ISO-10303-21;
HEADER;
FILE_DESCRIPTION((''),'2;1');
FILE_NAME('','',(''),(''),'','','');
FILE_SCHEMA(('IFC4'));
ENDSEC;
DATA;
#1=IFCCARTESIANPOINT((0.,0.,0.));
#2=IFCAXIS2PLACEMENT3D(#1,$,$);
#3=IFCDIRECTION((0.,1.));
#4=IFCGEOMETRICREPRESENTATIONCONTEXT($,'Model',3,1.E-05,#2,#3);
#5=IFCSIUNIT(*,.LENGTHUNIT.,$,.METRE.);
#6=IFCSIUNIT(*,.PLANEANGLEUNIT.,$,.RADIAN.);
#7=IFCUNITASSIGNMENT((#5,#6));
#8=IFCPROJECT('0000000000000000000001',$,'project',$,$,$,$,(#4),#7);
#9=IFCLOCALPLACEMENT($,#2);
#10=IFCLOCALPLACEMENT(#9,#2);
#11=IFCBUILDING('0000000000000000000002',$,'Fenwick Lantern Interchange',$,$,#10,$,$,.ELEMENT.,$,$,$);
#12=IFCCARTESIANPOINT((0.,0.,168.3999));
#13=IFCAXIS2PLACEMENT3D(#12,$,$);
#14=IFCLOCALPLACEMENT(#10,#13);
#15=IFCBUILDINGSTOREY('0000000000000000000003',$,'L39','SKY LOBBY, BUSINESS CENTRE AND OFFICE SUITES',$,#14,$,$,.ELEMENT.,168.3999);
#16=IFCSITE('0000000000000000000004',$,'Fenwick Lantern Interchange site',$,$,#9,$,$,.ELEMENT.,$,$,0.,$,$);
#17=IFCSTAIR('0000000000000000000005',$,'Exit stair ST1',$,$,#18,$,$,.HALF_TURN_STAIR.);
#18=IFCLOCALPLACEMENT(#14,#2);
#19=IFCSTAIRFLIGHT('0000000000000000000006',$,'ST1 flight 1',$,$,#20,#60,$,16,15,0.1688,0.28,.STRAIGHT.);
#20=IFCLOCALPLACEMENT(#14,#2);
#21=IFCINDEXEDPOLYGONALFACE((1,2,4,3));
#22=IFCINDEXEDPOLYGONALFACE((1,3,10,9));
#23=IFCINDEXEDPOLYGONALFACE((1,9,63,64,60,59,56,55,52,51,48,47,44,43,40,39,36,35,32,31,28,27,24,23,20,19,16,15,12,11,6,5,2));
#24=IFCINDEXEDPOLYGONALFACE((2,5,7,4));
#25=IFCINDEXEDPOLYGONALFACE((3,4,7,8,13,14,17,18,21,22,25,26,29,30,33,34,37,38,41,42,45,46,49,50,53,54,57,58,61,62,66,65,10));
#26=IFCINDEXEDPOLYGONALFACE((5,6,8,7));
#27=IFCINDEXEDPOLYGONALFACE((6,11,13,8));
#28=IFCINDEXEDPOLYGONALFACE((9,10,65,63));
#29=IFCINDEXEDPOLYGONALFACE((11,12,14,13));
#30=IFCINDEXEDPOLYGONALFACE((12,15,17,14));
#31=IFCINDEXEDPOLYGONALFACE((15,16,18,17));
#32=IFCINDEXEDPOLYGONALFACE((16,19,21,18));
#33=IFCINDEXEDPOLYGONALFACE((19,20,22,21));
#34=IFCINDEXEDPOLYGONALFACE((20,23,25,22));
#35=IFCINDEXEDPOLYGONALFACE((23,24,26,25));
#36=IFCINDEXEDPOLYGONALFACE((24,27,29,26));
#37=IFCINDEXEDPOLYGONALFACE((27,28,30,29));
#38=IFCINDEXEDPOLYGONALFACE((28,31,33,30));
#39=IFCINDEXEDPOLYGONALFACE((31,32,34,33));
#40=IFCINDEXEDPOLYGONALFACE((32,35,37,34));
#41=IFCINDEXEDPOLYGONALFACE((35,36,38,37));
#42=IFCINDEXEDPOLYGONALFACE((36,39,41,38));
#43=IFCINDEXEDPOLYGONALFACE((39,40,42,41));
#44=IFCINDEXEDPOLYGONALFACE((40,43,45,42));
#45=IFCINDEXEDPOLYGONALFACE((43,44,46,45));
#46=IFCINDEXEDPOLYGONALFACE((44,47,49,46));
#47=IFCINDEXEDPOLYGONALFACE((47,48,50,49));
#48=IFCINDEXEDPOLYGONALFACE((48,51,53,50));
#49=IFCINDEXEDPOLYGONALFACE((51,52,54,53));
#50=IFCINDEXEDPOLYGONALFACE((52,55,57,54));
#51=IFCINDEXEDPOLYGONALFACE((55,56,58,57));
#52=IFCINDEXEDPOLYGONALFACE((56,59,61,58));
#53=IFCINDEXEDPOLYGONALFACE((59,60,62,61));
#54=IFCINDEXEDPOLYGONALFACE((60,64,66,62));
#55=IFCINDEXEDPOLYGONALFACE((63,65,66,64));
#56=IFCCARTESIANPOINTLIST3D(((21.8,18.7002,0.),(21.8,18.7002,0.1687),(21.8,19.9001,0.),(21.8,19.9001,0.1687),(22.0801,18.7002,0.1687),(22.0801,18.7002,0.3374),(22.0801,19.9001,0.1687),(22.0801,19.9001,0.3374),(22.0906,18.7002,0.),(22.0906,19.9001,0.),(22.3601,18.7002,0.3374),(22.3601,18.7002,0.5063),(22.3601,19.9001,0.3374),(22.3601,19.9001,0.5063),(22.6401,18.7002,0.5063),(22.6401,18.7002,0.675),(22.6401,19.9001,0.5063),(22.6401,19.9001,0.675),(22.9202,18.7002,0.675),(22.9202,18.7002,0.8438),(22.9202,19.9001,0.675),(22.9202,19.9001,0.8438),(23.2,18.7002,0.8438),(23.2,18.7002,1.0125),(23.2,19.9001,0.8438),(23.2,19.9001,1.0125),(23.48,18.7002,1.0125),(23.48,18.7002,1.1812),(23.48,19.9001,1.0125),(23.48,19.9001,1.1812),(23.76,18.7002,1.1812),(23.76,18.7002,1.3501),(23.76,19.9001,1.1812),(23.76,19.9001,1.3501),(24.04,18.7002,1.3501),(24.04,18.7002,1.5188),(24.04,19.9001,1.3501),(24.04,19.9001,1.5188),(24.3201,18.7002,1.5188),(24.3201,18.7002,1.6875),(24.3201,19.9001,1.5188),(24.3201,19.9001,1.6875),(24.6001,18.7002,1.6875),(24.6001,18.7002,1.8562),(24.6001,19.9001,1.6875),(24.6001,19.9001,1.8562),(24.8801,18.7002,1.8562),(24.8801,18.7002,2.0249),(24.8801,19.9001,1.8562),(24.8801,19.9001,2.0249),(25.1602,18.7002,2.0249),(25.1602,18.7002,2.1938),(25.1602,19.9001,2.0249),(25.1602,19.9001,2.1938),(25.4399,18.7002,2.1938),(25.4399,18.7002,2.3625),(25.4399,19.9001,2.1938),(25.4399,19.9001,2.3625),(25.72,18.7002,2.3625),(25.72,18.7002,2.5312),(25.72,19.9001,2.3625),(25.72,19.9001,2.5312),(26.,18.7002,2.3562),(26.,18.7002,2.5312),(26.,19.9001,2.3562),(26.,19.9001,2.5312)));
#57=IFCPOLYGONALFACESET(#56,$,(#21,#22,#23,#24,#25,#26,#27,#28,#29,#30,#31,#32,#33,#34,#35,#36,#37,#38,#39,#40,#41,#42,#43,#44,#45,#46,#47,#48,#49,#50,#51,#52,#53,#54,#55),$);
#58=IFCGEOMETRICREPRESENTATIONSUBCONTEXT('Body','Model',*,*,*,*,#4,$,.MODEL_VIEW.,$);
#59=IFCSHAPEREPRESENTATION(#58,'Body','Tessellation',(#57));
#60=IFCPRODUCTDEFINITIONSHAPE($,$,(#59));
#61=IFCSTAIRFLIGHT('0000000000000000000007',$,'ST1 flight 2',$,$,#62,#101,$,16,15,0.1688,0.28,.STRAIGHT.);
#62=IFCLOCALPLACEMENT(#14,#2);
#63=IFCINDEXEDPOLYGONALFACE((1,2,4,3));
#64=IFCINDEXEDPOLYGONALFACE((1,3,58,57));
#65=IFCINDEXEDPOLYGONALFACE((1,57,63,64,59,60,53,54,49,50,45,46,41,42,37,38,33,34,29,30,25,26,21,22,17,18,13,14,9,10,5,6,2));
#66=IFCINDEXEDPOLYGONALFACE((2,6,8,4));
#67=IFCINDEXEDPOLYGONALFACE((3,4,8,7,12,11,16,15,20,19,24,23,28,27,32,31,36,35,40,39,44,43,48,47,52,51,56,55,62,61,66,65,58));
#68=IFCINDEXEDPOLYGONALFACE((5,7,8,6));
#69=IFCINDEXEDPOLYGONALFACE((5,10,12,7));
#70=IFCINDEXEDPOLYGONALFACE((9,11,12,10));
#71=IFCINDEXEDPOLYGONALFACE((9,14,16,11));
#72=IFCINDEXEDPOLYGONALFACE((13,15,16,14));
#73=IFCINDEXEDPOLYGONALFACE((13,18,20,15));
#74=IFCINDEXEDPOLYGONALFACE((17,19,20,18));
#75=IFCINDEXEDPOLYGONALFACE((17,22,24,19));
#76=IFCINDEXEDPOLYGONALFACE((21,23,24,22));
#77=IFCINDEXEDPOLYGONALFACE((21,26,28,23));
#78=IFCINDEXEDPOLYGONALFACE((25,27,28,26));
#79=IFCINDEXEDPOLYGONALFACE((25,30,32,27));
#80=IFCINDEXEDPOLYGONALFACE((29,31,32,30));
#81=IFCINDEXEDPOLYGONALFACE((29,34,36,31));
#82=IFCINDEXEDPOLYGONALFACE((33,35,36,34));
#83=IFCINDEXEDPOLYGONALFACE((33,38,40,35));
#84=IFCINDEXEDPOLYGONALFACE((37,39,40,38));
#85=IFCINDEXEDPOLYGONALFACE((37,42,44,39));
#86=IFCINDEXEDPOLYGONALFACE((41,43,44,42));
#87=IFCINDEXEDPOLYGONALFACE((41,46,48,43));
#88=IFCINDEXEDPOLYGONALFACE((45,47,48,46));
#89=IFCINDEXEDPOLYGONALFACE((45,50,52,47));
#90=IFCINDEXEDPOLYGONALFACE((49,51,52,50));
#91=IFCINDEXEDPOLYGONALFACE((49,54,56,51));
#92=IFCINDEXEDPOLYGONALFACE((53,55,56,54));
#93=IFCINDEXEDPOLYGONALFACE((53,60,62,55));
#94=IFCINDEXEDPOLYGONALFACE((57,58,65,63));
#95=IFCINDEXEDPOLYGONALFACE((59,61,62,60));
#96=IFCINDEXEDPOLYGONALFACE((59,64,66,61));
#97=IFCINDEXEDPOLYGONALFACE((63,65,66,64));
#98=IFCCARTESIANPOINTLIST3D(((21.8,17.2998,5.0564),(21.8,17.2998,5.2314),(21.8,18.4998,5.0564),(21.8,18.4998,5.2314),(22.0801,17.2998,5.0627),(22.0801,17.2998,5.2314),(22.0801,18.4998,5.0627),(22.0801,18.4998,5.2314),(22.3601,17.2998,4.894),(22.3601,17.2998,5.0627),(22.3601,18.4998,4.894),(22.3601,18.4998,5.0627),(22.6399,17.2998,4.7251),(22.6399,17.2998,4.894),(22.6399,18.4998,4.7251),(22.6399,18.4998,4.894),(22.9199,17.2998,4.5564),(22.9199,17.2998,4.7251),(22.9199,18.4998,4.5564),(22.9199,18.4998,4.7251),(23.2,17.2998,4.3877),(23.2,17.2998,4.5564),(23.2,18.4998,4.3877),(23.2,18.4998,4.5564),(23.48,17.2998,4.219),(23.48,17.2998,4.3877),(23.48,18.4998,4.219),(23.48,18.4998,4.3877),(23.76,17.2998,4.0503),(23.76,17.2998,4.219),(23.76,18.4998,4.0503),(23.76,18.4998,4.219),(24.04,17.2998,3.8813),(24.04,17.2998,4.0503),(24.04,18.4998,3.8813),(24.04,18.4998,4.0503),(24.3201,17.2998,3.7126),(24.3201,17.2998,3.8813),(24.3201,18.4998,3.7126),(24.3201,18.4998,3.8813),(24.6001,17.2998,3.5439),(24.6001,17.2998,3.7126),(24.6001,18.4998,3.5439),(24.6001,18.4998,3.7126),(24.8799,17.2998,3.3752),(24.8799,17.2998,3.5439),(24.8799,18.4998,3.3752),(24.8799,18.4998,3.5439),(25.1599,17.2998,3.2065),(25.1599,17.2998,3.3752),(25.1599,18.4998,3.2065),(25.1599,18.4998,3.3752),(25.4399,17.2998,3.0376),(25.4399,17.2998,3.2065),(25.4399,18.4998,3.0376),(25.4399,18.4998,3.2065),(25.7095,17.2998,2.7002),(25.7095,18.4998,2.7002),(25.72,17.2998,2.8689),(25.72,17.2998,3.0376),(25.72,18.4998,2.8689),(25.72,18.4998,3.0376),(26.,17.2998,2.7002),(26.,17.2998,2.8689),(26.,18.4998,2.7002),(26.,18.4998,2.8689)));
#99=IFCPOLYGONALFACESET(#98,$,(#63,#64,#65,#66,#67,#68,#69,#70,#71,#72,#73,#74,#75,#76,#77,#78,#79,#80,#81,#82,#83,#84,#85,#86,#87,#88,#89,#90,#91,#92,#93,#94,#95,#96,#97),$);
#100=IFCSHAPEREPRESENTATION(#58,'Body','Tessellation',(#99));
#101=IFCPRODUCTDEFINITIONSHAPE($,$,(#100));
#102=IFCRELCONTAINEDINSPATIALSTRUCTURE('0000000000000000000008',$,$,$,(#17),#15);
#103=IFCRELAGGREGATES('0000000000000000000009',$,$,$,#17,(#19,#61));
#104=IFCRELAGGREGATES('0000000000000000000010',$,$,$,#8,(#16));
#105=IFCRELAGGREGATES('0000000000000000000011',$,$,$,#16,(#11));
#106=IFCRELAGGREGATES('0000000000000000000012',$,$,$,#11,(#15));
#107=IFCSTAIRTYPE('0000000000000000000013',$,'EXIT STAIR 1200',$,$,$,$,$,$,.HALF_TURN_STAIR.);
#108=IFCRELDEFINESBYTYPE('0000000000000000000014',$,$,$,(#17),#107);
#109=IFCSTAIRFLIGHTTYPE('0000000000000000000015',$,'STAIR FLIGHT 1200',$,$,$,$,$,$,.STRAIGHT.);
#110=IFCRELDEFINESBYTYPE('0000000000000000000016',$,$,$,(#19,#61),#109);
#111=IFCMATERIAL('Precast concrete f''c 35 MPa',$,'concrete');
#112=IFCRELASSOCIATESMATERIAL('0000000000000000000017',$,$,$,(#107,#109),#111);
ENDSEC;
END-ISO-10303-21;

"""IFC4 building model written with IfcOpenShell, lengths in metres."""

from ifc_helpers import new_model, si_unit, direction, frame, origin, place, context, subcontext, project, spatial, polyline, outline, extrude, material, type_object, element, aggregate, save


model = new_model("IFC4")

# Units and contexts
model_context = context("Model", 3, precision=1e-05, world=origin(), true_north=direction((0.0, 1.0)))
body_context = subcontext(model_context, "Body", "Model", "MODEL_VIEW")
ifc_project = project(units=[si_unit("LENGTHUNIT", "METRE"), si_unit("PLANEANGLEUNIT", "RADIAN")], contexts=[model_context])

# Site, building, storey
site_placement = place(None, origin())
site = spatial("IfcSite", under=ifc_project, at=site_placement, Name="Fenwick Lantern Interchange site", CompositionType="ELEMENT", RefElevation=0.0)
building_placement = place(site_placement, origin())
building = spatial("IfcBuilding", under=site, at=building_placement, Name="Fenwick Lantern Interchange", CompositionType="ELEMENT")
storey_placement = place(building_placement, frame((0.0, 0.0, 168.3999)))
storey = spatial("IfcBuildingStorey", under=building, at=storey_placement, Name="L39", Description="SKY LOBBY, BUSINESS CENTRE AND OFFICE SUITES", CompositionType="ELEMENT", Elevation=168.3999)

# Stair, stair flights
ifc_material_1 = material(Name="Precast concrete f'c 35 MPa", Category="concrete")
stair_type = type_object("IfcStairType", Name="EXIT STAIR 1200", PredefinedType="HALF_TURN_STAIR", material=ifc_material_1)
stair_placement = place(storey_placement, origin())
stair = element("IfcStair", 1, at=stair_placement, inside=storey, type_object=stair_type, Name="Exit stair ST1", PredefinedType="HALF_TURN_STAIR")
stair_flight_type = type_object("IfcStairFlightType", Name="STAIR FLIGHT 1200", PredefinedType="STRAIGHT", material=ifc_material_1)
stair_flight_1_placement = place(storey_placement, frame((21.8, 19.3, 0.0), z_axis=(0.0, 0.0, 1.0), x_axis=(1.0, 0.0, 0.0)))
stair_flight_1 = element("IfcStairFlight", 2, at=stair_flight_1_placement, type_object=stair_flight_type, Name="ST1 flight 1", NumberOfRisers=16, NumberOfTreads=15, PredefinedType="STRAIGHT", RiserHeight=0.1688, TreadLength=0.28, context=body_context, shape_type="SweptSolid", body=[
    extrude(outline(polyline([(0.0, 0.0), (0.0, 0.1687), (0.28, 0.1687), (0.28, 0.3374), (0.5601, 0.3374), (0.5601, 0.5063), (0.8401, 0.5063), (0.8401, 0.675), (1.1201, 0.675), (1.1201, 0.8438), (1.3999, 0.8438), (1.3999, 1.0125), (1.6799, 1.0125), (1.6799, 1.1812), (1.96, 1.1812), (1.96, 1.3501), (2.24, 1.3501), (2.24, 1.5188), (2.52, 1.5188), (2.52, 1.6875), (2.8, 1.6875), (2.8, 1.8562), (3.0801, 1.8562), (3.0801, 2.0249), (3.3601, 2.0249), (3.3601, 2.1938), (3.6399, 2.1938), (3.6399, 2.3625), (3.9199, 2.3625), (3.9199, 2.5312), (4.2, 2.5312), (4.2, 2.7), (4.2, 2.3562), (0.2905, 0.0), (0.0, 0.0)])), frame((0.0, 0.6001, 0.0), z_axis=(0.0, -1.0, 0.0), x_axis=(1.0, 0.0, 0.0)), (0.0, 0.0, 1.0), 1.2),
])
stair_flight_2_placement = place(storey_placement, frame((26.0, 17.8999, 2.7002), z_axis=(0.0, 0.0, 1.0), x_axis=(-1.0, 0.0, 0.0)))
stair_flight_2 = element("IfcStairFlight", 3, at=stair_flight_2_placement, type_object=stair_flight_type, Name="ST1 flight 2", NumberOfRisers=16, NumberOfTreads=15, PredefinedType="STRAIGHT", RiserHeight=0.1688, TreadLength=0.28, context=body_context, shape_type="SweptSolid", body=[
    extrude(outline(polyline([(0.0, 0.0), (0.0, 0.1687), (0.28, 0.1687), (0.28, 0.3374), (0.5601, 0.3374), (0.5601, 0.5063), (0.8401, 0.5063), (0.8401, 0.675), (1.1201, 0.675), (1.1201, 0.8438), (1.3999, 0.8438), (1.3999, 1.0125), (1.6799, 1.0125), (1.6799, 1.1812), (1.96, 1.1812), (1.96, 1.3501), (2.24, 1.3501), (2.24, 1.5188), (2.52, 1.5188), (2.52, 1.6875), (2.8, 1.6875), (2.8, 1.8562), (3.0801, 1.8562), (3.0801, 2.0249), (3.3601, 2.0249), (3.3601, 2.1938), (3.6399, 2.1938), (3.6399, 2.3625), (3.9199, 2.3625), (3.9199, 2.5312), (4.2, 2.5312), (4.2, 2.7), (4.2, 2.3562), (0.2905, 0.0), (0.0, 0.0)])), frame((0.0, 0.6001, 0.0), z_axis=(0.0, -1.0, 0.0), x_axis=(1.0, 0.0, 0.0)), (0.0, 0.0, 1.0), 1.2),
])
aggregate(stair, [stair_flight_1, stair_flight_2])

save(model, "model.ifc")
